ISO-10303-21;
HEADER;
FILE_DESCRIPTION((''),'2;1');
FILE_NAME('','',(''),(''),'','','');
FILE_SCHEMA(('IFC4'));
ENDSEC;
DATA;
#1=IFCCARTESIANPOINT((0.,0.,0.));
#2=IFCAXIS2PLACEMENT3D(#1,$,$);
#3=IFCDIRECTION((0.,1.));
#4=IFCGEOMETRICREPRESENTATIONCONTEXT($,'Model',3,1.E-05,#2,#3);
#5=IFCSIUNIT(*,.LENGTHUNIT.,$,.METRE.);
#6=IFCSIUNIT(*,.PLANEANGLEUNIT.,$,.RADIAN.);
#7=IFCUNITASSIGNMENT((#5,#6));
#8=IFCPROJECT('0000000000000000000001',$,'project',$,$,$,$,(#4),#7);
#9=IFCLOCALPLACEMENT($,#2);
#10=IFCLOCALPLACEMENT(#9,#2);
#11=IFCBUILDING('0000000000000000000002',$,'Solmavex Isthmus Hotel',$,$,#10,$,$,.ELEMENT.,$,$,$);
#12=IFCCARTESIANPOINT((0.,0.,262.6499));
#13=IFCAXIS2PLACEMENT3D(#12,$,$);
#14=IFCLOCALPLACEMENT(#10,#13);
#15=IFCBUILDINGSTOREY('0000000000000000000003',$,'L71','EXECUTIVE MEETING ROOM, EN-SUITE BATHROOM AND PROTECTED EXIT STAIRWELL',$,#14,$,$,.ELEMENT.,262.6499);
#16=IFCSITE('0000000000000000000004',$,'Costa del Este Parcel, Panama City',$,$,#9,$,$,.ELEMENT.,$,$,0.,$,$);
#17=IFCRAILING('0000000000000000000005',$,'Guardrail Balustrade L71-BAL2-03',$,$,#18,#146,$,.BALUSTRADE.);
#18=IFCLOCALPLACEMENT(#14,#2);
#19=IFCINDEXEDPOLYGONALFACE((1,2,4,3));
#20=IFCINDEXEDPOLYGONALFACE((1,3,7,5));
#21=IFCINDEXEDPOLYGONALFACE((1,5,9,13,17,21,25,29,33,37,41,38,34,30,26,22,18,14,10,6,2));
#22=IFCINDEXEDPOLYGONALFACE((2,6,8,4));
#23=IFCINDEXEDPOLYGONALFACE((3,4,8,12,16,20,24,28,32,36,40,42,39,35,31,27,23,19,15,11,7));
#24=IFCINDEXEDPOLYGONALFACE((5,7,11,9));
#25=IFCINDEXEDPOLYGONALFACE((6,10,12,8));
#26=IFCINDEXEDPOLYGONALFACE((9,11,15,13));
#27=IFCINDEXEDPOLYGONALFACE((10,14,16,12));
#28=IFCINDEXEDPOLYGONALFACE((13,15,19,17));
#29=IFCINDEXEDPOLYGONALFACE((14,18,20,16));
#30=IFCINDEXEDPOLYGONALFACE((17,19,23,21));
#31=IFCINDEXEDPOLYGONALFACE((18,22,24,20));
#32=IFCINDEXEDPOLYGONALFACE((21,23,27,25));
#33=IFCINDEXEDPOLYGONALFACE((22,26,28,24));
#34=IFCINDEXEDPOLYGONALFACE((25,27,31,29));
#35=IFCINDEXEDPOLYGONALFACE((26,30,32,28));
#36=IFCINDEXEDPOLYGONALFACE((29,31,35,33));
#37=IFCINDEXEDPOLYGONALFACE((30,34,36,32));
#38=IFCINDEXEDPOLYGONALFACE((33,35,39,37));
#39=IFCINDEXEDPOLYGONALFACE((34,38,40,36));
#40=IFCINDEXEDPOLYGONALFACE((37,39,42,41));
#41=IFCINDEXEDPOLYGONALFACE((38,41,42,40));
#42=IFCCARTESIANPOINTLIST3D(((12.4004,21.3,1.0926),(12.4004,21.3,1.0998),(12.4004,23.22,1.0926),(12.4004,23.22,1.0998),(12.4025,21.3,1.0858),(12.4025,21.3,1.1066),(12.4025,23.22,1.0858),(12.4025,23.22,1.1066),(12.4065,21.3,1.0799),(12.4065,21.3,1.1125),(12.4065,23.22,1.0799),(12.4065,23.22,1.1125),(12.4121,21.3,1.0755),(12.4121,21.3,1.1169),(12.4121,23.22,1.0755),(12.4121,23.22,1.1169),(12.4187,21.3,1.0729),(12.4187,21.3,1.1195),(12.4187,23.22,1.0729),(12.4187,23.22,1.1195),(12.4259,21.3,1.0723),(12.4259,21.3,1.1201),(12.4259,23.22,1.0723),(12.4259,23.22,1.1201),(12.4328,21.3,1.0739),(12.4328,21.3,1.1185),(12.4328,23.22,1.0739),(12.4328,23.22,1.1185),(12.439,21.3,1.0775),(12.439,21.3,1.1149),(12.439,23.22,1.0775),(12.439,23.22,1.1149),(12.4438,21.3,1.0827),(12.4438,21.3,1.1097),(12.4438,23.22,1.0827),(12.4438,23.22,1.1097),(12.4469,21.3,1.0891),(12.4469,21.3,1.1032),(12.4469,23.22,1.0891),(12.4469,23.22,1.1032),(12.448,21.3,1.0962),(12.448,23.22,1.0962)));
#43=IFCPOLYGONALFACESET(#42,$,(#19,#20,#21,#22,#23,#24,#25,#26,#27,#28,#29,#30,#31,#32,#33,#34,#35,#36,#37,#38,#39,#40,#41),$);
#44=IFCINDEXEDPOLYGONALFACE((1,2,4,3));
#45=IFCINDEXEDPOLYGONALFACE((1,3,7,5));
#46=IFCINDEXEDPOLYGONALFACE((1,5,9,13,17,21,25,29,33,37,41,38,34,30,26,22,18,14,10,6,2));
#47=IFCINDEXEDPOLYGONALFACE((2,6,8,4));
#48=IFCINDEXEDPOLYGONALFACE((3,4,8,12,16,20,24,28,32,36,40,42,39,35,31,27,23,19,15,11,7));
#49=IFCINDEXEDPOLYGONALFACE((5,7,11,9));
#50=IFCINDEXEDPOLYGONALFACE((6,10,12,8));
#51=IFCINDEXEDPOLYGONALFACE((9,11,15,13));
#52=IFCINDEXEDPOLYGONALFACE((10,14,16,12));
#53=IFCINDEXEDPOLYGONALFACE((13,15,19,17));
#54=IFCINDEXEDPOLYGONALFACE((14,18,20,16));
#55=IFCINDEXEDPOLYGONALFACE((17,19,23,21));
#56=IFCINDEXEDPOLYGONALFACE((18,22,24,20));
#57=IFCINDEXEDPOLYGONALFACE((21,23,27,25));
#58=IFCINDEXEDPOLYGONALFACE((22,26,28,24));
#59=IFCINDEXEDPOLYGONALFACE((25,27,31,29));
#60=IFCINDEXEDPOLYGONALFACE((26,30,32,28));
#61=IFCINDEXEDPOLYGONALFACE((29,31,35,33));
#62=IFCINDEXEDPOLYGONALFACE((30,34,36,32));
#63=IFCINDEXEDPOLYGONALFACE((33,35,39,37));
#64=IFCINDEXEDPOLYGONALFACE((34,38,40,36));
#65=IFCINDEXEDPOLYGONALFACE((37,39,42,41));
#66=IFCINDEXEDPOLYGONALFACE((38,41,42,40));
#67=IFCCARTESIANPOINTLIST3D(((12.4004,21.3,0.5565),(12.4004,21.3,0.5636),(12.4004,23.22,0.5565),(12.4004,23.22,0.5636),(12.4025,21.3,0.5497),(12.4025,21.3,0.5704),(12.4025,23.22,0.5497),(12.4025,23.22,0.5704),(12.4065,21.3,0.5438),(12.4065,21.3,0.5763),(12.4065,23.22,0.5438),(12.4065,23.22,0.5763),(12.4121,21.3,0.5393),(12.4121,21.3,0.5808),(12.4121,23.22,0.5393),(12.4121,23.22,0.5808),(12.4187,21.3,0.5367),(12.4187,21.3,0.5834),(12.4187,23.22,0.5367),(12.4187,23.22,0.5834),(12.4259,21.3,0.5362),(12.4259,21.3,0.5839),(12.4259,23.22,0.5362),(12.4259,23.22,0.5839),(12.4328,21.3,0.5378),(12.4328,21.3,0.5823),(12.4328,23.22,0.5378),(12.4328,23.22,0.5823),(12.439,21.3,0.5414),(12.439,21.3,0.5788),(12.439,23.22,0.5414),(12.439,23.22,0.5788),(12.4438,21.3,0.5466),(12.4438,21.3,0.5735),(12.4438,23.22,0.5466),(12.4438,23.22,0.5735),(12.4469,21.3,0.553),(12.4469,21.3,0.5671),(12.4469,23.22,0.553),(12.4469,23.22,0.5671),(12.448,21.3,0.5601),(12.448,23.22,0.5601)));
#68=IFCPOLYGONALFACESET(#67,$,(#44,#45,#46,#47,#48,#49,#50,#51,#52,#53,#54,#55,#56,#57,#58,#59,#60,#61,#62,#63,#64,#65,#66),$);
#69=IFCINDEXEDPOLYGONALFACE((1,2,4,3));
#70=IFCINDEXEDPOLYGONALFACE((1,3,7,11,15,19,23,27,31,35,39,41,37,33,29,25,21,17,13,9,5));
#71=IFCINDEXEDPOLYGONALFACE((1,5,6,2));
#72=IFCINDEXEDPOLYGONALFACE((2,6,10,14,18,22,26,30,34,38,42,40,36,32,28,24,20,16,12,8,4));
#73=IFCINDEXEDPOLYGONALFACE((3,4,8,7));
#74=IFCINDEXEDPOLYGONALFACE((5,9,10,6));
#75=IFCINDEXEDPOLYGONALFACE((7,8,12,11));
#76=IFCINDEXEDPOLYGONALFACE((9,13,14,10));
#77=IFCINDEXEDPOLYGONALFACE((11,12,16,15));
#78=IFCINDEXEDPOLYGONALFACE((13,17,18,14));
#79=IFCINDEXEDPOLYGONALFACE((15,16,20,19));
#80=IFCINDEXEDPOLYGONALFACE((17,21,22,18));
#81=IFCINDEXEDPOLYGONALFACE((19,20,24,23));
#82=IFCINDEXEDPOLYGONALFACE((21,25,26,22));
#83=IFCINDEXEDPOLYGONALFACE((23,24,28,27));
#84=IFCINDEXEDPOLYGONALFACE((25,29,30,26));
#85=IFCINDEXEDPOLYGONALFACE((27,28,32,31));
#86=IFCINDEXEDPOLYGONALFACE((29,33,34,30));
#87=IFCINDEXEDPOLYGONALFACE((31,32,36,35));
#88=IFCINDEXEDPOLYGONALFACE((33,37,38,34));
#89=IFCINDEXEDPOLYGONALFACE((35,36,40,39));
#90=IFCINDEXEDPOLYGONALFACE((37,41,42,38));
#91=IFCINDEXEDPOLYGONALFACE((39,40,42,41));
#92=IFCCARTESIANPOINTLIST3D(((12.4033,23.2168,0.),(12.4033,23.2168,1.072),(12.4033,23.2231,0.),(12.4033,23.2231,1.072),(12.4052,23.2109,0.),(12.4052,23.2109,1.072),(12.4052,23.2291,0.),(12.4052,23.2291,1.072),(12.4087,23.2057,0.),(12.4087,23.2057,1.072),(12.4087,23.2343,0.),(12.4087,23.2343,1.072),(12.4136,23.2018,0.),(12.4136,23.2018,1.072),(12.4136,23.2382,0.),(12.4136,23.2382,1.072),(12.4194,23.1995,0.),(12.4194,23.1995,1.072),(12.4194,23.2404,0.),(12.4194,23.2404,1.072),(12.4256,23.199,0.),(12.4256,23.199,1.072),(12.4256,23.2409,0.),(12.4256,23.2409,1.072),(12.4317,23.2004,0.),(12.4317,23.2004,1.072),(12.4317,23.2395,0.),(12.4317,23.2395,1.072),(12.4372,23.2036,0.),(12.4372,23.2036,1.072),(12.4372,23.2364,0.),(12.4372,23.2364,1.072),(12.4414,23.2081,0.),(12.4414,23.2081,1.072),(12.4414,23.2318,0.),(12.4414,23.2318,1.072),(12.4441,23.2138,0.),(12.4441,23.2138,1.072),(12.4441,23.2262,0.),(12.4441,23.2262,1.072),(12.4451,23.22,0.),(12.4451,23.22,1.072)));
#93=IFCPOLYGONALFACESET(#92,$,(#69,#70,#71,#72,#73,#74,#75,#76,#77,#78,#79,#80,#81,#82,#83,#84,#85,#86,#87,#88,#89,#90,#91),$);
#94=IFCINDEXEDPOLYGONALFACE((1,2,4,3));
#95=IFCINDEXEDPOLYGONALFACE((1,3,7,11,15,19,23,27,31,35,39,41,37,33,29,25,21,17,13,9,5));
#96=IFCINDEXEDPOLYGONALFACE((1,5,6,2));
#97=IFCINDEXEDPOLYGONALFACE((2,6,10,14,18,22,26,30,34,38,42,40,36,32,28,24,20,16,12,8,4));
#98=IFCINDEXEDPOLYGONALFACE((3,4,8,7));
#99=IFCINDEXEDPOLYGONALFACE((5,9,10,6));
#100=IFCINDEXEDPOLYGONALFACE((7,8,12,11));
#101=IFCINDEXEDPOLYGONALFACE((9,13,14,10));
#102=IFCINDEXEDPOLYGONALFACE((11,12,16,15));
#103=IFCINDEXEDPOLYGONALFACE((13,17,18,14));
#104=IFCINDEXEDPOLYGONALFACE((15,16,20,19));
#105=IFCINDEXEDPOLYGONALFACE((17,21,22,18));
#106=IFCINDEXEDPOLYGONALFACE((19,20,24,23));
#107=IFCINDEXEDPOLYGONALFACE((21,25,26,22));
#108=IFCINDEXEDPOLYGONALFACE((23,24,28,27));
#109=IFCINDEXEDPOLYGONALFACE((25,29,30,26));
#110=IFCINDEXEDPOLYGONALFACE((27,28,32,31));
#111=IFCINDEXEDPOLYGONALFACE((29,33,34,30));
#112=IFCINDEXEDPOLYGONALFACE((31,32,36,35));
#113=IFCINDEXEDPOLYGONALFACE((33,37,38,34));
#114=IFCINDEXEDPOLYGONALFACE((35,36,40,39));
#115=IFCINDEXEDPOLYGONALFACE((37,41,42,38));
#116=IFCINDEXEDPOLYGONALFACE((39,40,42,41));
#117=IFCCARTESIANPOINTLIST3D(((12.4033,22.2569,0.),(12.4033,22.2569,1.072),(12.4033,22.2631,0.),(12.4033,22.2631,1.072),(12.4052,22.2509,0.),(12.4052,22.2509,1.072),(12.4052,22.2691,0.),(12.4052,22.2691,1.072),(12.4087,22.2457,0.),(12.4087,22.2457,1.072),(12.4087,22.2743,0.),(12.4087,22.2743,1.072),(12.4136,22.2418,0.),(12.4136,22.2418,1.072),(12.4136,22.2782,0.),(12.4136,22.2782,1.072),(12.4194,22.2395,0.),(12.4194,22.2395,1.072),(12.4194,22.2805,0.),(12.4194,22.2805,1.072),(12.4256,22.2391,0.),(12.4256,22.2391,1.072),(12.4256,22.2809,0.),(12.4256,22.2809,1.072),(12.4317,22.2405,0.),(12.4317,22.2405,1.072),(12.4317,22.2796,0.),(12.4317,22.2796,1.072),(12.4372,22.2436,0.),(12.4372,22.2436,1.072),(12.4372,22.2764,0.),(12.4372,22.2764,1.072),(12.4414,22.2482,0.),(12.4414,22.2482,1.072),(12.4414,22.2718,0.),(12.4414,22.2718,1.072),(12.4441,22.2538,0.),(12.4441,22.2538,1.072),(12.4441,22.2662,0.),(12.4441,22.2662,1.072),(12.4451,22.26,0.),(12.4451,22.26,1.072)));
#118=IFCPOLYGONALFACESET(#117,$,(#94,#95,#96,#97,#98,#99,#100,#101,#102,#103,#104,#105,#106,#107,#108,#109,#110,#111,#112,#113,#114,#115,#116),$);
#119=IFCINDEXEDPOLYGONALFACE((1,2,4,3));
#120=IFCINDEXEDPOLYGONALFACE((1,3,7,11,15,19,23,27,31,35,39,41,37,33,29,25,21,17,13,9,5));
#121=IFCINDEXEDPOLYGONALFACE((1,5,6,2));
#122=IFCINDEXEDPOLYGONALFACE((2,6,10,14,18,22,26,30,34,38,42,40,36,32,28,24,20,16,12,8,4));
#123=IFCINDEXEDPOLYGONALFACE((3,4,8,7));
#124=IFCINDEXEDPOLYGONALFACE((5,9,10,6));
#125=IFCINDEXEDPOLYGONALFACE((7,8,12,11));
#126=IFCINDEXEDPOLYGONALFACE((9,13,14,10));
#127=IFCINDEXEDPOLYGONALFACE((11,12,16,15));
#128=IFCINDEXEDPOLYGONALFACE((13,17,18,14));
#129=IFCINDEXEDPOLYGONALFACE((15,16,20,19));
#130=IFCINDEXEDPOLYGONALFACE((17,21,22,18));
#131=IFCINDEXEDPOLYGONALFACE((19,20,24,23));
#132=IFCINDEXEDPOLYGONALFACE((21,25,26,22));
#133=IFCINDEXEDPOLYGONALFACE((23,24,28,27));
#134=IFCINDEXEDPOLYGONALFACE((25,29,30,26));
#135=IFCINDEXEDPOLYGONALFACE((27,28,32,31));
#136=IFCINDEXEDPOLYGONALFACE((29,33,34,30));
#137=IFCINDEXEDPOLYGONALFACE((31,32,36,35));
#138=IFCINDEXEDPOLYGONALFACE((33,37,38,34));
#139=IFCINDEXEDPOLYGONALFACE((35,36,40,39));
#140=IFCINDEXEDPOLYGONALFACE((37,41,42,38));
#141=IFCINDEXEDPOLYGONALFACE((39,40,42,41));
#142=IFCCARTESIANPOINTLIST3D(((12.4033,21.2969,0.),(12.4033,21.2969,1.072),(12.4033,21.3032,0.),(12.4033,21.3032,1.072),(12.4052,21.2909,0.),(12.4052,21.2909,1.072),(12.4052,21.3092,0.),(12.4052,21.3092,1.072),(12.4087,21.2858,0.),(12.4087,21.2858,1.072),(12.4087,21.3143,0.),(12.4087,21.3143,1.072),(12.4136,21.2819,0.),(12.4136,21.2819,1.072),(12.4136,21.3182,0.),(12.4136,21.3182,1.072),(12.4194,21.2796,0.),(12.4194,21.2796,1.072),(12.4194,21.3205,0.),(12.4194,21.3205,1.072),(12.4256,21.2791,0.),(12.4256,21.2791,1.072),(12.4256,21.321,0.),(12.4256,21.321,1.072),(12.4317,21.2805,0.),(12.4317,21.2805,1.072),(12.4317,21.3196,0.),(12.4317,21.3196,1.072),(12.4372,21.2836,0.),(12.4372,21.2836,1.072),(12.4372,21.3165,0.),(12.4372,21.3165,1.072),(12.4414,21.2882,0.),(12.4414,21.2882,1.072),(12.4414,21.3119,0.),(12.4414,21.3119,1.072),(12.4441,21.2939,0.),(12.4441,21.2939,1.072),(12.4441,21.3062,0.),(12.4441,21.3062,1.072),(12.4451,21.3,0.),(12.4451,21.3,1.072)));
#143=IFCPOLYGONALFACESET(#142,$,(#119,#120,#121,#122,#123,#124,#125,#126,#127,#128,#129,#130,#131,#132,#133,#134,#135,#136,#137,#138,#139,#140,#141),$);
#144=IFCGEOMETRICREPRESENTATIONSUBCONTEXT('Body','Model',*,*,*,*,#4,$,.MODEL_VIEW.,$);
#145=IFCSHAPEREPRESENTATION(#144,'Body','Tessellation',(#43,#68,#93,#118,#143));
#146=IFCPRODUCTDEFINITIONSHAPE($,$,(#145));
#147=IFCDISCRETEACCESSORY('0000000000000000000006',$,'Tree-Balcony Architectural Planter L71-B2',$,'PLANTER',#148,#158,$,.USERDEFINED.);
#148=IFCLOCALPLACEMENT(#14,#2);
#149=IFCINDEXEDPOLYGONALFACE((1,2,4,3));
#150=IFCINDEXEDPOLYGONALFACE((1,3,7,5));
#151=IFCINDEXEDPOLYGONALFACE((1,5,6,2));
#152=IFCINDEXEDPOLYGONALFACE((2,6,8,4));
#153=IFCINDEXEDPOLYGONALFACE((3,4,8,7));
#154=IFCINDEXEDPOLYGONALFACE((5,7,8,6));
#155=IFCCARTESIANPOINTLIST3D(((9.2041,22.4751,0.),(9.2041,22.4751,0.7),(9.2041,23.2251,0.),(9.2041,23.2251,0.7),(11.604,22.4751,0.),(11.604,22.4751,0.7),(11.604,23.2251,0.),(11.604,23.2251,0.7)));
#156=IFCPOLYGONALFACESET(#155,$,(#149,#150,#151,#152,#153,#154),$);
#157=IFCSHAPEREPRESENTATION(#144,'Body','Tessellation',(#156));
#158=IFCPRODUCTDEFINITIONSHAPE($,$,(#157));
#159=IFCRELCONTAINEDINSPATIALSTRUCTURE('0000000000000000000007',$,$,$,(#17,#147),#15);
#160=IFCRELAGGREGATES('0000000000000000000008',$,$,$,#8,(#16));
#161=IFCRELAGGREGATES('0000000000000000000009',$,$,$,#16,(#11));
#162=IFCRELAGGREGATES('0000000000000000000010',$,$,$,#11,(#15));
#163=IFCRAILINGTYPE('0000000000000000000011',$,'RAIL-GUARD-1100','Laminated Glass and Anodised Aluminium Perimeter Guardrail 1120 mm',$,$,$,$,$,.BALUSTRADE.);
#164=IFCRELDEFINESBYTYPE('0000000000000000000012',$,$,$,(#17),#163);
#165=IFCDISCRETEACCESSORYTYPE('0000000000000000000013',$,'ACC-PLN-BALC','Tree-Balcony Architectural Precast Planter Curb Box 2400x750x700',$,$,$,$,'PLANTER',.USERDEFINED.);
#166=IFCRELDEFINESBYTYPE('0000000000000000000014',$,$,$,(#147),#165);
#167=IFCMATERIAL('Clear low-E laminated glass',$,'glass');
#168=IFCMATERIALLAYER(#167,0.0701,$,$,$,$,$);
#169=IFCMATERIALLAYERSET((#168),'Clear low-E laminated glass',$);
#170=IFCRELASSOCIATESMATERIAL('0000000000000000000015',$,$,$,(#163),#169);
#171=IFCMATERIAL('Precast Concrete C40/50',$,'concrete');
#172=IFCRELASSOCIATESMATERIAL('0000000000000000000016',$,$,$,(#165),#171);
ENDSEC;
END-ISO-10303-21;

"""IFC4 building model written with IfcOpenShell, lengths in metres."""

from ifc_helpers import new_model, si_unit, direction, frame, origin, origin_2d, place, context, subcontext, project, spatial, rectangle, circle, extrude, material, layer, layer_set, type_object, element, save


model = new_model("IFC4")

# Units and contexts
model_context = context("Model", 3, precision=1e-05, world=origin(), true_north=direction((0.0, 1.0)))
body_context = subcontext(model_context, "Body", "Model", "MODEL_VIEW")
ifc_project = project(units=[si_unit("LENGTHUNIT", "METRE"), si_unit("PLANEANGLEUNIT", "RADIAN")], contexts=[model_context])

# Site, building, storey
site_placement = place(None, origin())
site = spatial("IfcSite", under=ifc_project, at=site_placement, Name="Costa del Este Parcel, Panama City", CompositionType="ELEMENT", RefElevation=0.0)
building_placement = place(site_placement, origin())
building = spatial("IfcBuilding", under=site, at=building_placement, Name="Solmavex Isthmus Hotel", CompositionType="ELEMENT")
storey_placement = place(building_placement, frame((0.0, 0.0, 262.6499)))
storey = spatial("IfcBuildingStorey", under=building, at=storey_placement, Name="L71", Description="EXECUTIVE MEETING ROOM, EN-SUITE BATHROOM AND PROTECTED EXIT STAIRWELL", CompositionType="ELEMENT", Elevation=262.6499)

# Shared definitions
ifc_material_1 = material(Name="Clear low-E laminated glass", Category="glass")

# Shared definitions
ifc_material_2 = material(Name="Precast Concrete C40/50", Category="concrete")

# Railing
ifc_layer_1 = layer(ifc_material_1, 0.0701)
ifc_layer_set_1 = layer_set([ifc_layer_1], Name="Clear low-E laminated glass")
railing_type_1 = type_object("IfcRailingType", Name="RAIL-GUARD-1100", Description="Laminated Glass and Anodised Aluminium Perimeter Guardrail 1120 mm", PredefinedType="BALUSTRADE", material=ifc_layer_set_1)
railing_1_placement = place(storey_placement, frame((12.4241, 23.22, 0.0)))
element("IfcRailing", 1, at=railing_1_placement, inside=storey, type_object=railing_type_1, Name="Guardrail Balustrade L71-BAL2-03", PredefinedType="BALUSTRADE", context=body_context, shape_type="SweptSolid", body=[
    extrude(circle(Radius=0.0239, at=origin_2d()), frame((0.0, 0.0, 1.0962), z_axis=(0.0, -1.0, 0.0), x_axis=(1.0, 0.0, 0.0)), (0.0, 0.0, 1.0), 1.9199),
    extrude(circle(Radius=0.0239, at=origin_2d()), frame((0.0, 0.0, 0.5601), z_axis=(0.0, -1.0, 0.0), x_axis=(1.0, 0.0, 0.0)), (0.0, 0.0, 1.0), 1.9199),
    extrude(circle(Radius=0.021, at=origin_2d()), origin(), (0.0, 0.0, 1.0), 1.072),
    extrude(circle(Radius=0.021, at=origin_2d()), frame((0.0, -0.96, 0.0)), (0.0, 0.0, 1.0), 1.072),
    extrude(circle(Radius=0.021, at=origin_2d()), frame((0.0, -1.9199, 0.0)), (0.0, 0.0, 1.0), 1.072),
])

# Discrete accessory
discrete_accessory_type = type_object("IfcDiscreteAccessoryType", Name="ACC-PLN-BALC", Description="Tree-Balcony Architectural Precast Planter Curb Box 2400x750x700", ElementType="PLANTER", PredefinedType="USERDEFINED", material=ifc_material_2)
discrete_accessory_placement = place(storey_placement, frame((10.4041, 22.8501, 0.0), z_axis=(0.0, 0.0, 1.0), x_axis=(1.0, 0.0, 0.0)))
element("IfcDiscreteAccessory", 2, at=discrete_accessory_placement, inside=storey, type_object=discrete_accessory_type, Name="Tree-Balcony Architectural Planter L71-B2", ObjectType="PLANTER", PredefinedType="USERDEFINED", context=body_context, shape_type="SweptSolid", body=[
    extrude(rectangle(XDim=2.3999, YDim=0.75, at=origin_2d()), origin(), (0.0, 0.0, 1.0), 0.7),
])

save(model, "model.ifc")
